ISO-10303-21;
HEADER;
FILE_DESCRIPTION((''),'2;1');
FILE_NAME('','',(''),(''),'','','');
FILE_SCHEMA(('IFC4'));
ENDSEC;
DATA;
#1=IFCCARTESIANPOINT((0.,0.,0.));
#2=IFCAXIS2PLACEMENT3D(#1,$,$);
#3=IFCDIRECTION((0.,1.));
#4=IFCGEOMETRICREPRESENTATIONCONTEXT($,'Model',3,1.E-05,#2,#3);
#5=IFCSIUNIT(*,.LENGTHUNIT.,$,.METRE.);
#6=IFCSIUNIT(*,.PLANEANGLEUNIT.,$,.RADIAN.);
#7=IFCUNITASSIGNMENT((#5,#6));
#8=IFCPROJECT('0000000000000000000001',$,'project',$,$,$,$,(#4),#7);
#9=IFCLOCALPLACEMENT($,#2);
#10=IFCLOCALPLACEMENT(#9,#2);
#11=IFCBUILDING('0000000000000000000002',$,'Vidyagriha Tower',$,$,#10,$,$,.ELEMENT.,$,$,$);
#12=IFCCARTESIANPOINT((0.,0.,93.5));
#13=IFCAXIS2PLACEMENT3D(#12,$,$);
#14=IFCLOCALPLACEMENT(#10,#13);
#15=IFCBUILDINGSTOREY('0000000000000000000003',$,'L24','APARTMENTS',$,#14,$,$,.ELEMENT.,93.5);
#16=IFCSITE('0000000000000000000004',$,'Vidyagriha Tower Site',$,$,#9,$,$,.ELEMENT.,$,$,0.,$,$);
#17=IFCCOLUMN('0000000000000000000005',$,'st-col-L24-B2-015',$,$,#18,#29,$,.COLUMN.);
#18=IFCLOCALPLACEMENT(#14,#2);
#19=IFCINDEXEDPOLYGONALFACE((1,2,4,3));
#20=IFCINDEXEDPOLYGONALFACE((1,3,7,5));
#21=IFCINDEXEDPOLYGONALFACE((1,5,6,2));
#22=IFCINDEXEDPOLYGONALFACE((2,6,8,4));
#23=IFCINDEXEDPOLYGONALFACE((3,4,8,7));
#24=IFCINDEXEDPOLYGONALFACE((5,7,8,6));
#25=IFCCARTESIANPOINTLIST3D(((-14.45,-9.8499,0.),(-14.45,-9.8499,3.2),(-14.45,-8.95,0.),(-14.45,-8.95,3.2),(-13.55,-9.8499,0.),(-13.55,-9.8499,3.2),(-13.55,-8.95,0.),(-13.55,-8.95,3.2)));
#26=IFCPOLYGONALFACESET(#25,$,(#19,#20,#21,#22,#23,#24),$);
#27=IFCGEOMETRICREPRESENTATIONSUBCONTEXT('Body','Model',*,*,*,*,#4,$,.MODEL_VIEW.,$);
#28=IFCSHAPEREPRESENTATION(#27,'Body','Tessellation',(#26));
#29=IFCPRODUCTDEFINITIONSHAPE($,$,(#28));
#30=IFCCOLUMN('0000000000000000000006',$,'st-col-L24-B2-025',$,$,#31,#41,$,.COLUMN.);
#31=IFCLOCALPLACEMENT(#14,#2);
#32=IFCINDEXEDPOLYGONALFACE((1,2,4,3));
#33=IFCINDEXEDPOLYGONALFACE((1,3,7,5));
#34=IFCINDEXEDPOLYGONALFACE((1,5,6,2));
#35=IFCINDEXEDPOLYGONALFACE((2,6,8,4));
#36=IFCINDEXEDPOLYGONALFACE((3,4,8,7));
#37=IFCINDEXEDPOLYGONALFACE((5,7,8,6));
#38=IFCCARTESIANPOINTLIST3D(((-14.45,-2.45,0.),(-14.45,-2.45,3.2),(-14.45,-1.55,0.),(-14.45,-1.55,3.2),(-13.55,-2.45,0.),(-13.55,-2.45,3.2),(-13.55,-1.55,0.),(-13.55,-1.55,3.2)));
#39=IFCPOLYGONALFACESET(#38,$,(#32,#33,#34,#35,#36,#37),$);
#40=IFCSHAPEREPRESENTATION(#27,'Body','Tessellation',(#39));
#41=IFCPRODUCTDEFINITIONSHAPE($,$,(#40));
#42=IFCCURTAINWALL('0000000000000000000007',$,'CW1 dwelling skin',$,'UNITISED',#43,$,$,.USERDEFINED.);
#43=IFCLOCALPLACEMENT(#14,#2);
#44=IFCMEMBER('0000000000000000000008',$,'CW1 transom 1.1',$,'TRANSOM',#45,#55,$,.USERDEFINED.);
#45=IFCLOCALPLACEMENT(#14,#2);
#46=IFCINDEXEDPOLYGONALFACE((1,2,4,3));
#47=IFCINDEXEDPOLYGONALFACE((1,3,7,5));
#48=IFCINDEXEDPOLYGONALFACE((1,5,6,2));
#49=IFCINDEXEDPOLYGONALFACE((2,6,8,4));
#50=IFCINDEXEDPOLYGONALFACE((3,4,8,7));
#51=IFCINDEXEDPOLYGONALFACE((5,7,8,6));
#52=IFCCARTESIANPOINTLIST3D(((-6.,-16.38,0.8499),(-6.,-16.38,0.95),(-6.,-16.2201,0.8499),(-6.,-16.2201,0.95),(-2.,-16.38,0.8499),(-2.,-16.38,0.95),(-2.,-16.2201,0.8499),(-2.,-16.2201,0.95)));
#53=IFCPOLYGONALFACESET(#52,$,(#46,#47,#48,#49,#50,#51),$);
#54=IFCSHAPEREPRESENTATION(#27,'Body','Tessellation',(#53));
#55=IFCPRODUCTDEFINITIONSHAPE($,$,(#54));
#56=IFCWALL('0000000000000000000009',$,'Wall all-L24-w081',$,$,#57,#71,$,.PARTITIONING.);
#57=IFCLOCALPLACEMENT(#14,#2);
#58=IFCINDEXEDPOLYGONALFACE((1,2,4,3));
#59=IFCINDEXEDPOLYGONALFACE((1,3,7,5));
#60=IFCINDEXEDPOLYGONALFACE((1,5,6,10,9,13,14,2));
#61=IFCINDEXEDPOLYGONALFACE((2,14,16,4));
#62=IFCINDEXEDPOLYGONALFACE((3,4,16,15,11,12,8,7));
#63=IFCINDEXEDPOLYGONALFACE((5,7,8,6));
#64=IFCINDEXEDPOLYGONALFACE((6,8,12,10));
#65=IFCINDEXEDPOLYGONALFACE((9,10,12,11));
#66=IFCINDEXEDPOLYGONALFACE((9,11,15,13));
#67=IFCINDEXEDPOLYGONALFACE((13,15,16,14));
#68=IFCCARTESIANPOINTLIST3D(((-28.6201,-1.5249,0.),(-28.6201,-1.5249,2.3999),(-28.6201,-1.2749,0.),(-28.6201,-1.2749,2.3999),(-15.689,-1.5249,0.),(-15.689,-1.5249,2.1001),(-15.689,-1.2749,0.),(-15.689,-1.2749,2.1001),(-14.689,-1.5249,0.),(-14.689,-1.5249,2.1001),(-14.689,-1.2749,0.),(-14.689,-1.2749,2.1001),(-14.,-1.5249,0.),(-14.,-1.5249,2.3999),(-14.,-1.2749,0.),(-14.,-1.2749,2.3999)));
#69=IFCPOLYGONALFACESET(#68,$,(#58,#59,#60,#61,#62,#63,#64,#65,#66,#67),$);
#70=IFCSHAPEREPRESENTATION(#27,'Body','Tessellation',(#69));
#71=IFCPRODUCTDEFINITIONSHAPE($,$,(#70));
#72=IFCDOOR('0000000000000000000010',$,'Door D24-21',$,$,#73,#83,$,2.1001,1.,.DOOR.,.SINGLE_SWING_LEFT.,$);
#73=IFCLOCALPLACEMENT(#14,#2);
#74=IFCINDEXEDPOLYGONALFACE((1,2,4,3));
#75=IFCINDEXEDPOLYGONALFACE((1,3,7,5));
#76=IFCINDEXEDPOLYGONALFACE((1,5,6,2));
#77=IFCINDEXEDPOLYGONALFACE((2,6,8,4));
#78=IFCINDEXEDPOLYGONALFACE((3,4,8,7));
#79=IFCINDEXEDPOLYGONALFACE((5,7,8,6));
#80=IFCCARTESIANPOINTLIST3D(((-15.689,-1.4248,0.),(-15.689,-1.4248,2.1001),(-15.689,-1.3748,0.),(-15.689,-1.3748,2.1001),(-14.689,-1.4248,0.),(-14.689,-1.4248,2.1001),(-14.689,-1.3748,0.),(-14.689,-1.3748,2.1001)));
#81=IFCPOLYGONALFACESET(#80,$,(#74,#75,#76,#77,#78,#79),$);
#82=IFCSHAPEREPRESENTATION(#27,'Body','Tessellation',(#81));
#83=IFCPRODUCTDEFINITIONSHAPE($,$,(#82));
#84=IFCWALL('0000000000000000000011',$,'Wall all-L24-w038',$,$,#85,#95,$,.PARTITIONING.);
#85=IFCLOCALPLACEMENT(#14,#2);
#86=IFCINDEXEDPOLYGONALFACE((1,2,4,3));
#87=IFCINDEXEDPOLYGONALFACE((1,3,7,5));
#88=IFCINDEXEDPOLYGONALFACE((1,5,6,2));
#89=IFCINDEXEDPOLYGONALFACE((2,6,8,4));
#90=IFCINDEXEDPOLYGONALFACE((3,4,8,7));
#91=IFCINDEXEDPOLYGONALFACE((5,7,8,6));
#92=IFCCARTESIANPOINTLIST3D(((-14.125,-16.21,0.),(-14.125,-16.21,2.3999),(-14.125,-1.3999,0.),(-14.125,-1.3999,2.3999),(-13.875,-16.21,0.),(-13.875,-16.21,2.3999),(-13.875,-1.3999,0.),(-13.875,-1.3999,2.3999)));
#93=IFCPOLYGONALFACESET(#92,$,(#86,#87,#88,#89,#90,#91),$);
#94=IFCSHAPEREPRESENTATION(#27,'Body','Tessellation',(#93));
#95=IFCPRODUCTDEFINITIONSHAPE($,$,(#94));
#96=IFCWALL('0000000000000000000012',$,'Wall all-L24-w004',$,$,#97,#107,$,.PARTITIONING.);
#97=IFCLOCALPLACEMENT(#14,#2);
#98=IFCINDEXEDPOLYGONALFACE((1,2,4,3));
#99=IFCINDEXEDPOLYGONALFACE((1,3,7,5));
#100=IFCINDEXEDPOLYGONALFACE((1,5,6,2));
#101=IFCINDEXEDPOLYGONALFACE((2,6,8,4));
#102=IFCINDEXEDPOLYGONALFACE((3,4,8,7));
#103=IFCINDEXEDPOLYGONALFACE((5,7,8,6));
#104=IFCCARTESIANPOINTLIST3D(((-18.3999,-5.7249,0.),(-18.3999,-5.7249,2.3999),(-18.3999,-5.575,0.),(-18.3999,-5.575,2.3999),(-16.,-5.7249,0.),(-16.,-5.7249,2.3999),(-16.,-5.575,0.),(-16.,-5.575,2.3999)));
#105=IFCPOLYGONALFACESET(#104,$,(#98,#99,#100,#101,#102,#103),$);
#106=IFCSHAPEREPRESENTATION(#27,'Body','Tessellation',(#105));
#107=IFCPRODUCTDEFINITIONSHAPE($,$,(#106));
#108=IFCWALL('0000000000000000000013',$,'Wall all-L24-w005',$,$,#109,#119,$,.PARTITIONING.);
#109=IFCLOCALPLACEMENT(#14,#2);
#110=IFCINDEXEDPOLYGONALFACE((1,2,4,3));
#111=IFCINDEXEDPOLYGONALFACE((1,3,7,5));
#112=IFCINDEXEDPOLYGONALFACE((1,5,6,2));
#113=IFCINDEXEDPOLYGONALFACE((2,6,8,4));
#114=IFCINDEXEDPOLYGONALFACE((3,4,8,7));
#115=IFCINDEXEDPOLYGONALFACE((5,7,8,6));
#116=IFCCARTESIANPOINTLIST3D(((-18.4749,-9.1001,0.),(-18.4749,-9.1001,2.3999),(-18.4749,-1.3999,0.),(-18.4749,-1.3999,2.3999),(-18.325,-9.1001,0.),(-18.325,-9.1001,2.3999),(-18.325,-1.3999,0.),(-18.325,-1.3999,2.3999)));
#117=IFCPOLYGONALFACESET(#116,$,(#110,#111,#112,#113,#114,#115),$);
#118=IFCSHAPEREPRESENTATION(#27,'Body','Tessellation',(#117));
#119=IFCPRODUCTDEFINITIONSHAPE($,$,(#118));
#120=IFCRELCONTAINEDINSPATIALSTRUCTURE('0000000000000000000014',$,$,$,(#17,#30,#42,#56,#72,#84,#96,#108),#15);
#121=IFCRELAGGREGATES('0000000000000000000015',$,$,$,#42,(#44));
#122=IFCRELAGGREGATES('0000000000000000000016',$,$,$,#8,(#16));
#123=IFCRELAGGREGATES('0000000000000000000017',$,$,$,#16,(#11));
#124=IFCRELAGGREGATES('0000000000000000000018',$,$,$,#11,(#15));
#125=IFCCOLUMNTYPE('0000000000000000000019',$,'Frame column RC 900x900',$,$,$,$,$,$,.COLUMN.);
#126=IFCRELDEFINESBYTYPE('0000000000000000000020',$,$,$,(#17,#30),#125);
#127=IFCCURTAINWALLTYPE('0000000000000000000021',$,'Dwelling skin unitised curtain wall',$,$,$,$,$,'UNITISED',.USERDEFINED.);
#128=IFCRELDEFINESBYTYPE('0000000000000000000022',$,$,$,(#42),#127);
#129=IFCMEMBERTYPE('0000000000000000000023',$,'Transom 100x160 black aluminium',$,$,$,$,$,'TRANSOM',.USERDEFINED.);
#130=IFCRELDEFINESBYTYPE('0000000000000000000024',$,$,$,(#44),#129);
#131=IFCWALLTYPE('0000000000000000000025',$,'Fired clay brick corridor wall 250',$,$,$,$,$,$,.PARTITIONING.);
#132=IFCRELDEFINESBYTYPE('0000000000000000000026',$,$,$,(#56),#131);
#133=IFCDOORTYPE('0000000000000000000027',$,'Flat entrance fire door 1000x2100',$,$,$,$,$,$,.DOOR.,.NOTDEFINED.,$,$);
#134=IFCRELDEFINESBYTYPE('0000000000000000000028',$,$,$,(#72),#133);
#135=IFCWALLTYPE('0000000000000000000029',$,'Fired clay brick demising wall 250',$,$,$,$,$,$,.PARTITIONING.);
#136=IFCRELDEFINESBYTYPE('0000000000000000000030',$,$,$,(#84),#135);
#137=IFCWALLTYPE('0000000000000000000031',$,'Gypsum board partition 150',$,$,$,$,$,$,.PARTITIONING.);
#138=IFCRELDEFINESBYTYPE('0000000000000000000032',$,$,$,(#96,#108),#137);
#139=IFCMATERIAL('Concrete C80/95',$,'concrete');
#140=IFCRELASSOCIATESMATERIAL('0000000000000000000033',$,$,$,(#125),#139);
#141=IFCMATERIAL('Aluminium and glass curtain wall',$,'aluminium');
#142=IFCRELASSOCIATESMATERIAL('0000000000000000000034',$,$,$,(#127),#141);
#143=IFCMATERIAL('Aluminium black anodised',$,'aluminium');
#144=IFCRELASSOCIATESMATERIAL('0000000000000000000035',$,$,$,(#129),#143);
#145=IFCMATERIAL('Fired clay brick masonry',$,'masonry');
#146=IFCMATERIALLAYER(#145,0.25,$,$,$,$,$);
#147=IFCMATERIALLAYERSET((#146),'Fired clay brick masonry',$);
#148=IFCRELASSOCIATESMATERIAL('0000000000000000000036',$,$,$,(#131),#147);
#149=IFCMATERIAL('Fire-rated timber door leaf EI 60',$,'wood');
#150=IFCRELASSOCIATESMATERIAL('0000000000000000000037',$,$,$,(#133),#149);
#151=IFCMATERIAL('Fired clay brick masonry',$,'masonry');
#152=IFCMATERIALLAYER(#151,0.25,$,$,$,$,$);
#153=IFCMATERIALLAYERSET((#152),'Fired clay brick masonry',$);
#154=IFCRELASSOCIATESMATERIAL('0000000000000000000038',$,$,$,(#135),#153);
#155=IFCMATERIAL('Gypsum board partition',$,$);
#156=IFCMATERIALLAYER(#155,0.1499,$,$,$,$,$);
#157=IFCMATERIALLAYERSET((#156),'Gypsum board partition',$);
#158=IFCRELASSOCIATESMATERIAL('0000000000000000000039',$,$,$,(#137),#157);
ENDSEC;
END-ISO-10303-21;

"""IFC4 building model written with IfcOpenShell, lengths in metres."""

from ifc_helpers import new_model, si_unit, direction, frame, frame_2d, origin, origin_2d, place, context, subcontext, project, spatial, rectangle, extrude, material, layer, layer_set, material_profile, profile_set, type_object, element, fill, aggregate, save


model = new_model("IFC4")

# Units and contexts
model_context = context("Model", 3, precision=1e-05, world=origin(), true_north=direction((0.0, 1.0)))
body_context = subcontext(model_context, "Body", "Model", "MODEL_VIEW")
ifc_project = project(units=[si_unit("LENGTHUNIT", "METRE"), si_unit("PLANEANGLEUNIT", "RADIAN")], contexts=[model_context])

# Site, building, storey
site_placement = place(None, origin())
site = spatial("IfcSite", under=ifc_project, at=site_placement, Name="Vidyagriha Tower Site", CompositionType="ELEMENT", RefElevation=0.0)
building_placement = place(site_placement, origin())
building = spatial("IfcBuilding", under=site, at=building_placement, Name="Vidyagriha Tower", CompositionType="ELEMENT")
storey_placement = place(building_placement, frame((0.0, 0.0, 93.5)))
storey = spatial("IfcBuildingStorey", under=building, at=storey_placement, Name="L24", Description="APARTMENTS", CompositionType="ELEMENT", Elevation=93.5)

# Columns
ifc_material_1 = material(Name="Concrete C80/95", Category="concrete")
ifc_material_profile_1 = material_profile(ifc_material_1, rectangle(XDim=0.8999, YDim=0.8999, at=origin_2d()), Name="RC 900x900")
ifc_profile_set_1 = profile_set([ifc_material_profile_1], Name="Concrete C80/95")
column_type = type_object("IfcColumnType", Name="Frame column RC 900x900", PredefinedType="COLUMN", material=ifc_profile_set_1)
for number, where, name in (
    (1, (-14.0, -9.3999, 0.0), "st-col-L24-B2-015"),
    (2, (-14.0, -2.0, 0.0), "st-col-L24-B2-025"),
):
    element("IfcColumn", number, at=place(storey_placement, frame(where)), inside=storey, type_object=column_type, Name=name, PredefinedType="COLUMN", context=body_context, shape_type="SweptSolid", body=[
        extrude(rectangle(XDim=0.8999, YDim=0.8999, at=origin_2d()), origin(), (0.0, 0.0, 1.0), 3.2),
    ])

# Curtain wall, member
ifc_material_2 = material(Name="Aluminium and glass curtain wall", Category="aluminium")
curtain_wall_type = type_object("IfcCurtainWallType", Name="Dwelling skin unitised curtain wall", ElementType="UNITISED", PredefinedType="USERDEFINED", material=ifc_material_2)
curtain_wall_placement = place(storey_placement, origin())
curtain_wall = element("IfcCurtainWall", 3, at=curtain_wall_placement, inside=storey, type_object=curtain_wall_type, Name="CW1 dwelling skin", ObjectType="UNITISED", PredefinedType="USERDEFINED")
ifc_material_3 = material(Name="Aluminium black anodised", Category="aluminium")
ifc_material_profile_2 = material_profile(ifc_material_3, rectangle(XDim=0.1599, YDim=0.1001, at=origin_2d()), Name="Transom 100x160 black aluminium")
ifc_profile_set_2 = profile_set([ifc_material_profile_2], Name="Aluminium black anodised")
member_type = type_object("IfcMemberType", Name="Transom 100x160 black aluminium", ElementType="TRANSOM", PredefinedType="USERDEFINED", material=ifc_profile_set_2)
member_placement = place(storey_placement, frame((-6.0, -16.3, 0.8999), z_axis=(1.0, 0.0, 0.0), x_axis=(0.0, 1.0, 0.0)))
member = element("IfcMember", 4, at=member_placement, type_object=member_type, Name="CW1 transom 1.1", ObjectType="TRANSOM", PredefinedType="USERDEFINED", context=body_context, shape_type="SweptSolid", body=[
    extrude(rectangle(XDim=0.1599, YDim=0.1001, at=origin_2d()), origin(), (0.0, 0.0, 1.0), 4.0),
])
aggregate(curtain_wall, [member])

# Wall, opening, door
ifc_material_4 = material(Name="Fired clay brick masonry", Category="masonry")
ifc_layer_1 = layer(ifc_material_4, 0.25)
ifc_layer_set_1 = layer_set([ifc_layer_1], Name="Fired clay brick masonry")
wall_type_1 = type_object("IfcWallType", Name="Fired clay brick corridor wall 250", PredefinedType="PARTITIONING", material=ifc_layer_set_1)
wall_1_placement = place(storey_placement, frame((-14.0, -1.3999, 0.0), z_axis=(0.0, 0.0, 1.0), x_axis=(-1.0, 0.0, 0.0)))
wall_1 = element("IfcWall", 5, at=wall_1_placement, inside=storey, type_object=wall_type_1, Name="Wall all-L24-w081", PredefinedType="PARTITIONING", context=body_context, shape_type="SweptSolid", body=[
    extrude(rectangle(XDim=14.6201, YDim=0.25, at=frame_2d((7.3101, 0.0))), origin(), (0.0, 0.0, 1.0), 2.3999),
])
opening_1_placement = place(wall_1_placement, frame((0.689, 0.0, 0.0)))
opening_1 = element("IfcOpeningElement", 6, at=opening_1_placement, cuts=wall_1, PredefinedType="OPENING", context=body_context, shape_type="SweptSolid", body=[
    extrude(rectangle(XDim=1.0, YDim=2.1001, at=frame_2d((0.5, 1.05))), frame((0.0, 0.135, 0.0), z_axis=(0.0, -1.0, 0.0), x_axis=(1.0, 0.0, 0.0)), (0.0, 0.0, 1.0), 0.27),
])
ifc_material_5 = material(Name="Fire-rated timber door leaf EI 60", Category="wood")
door_type_1 = type_object("IfcDoorType", Name="Flat entrance fire door 1000x2100", OperationType="NOTDEFINED", PredefinedType="DOOR", material=ifc_material_5)
door_1_placement = place(opening_1_placement, origin())
door_1 = element("IfcDoor", 7, at=door_1_placement, inside=storey, type_object=door_type_1, Name="Door D24-21", OperationType="SINGLE_SWING_LEFT", OverallHeight=2.1001, OverallWidth=1.0, PredefinedType="DOOR", context=body_context, shape_type="SweptSolid", body=[
    extrude(rectangle(XDim=1.0, YDim=2.1001, at=frame_2d((0.5, 1.05))), frame((0.0, 0.0249, 0.0), z_axis=(0.0, -1.0, 0.0), x_axis=(1.0, 0.0, 0.0)), (0.0, 0.0, 1.0), 0.05),
])
fill(opening_1, door_1)

# Walls
ifc_material_6 = material(Name="Fired clay brick masonry", Category="masonry")
ifc_layer_2 = layer(ifc_material_6, 0.25)
ifc_layer_set_2 = layer_set([ifc_layer_2], Name="Fired clay brick masonry")
wall_type_2 = type_object("IfcWallType", Name="Fired clay brick demising wall 250", PredefinedType="PARTITIONING", material=ifc_layer_set_2)
wall_2_placement = place(storey_placement, frame((-14.0, -1.3999, 0.0), z_axis=(0.0, 0.0, 1.0), x_axis=(0.0, -1.0, 0.0)))
element("IfcWall", 8, at=wall_2_placement, inside=storey, type_object=wall_type_2, Name="Wall all-L24-w038", PredefinedType="PARTITIONING", context=body_context, shape_type="SweptSolid", body=[
    extrude(rectangle(XDim=14.8101, YDim=0.25, at=frame_2d((7.405, 0.0))), origin(), (0.0, 0.0, 1.0), 2.3999),
])
ifc_material_7 = material(Name="Gypsum board partition")
ifc_layer_3 = layer(ifc_material_7, 0.1499)
ifc_layer_set_3 = layer_set([ifc_layer_3], Name="Gypsum board partition")
wall_type_3 = type_object("IfcWallType", Name="Gypsum board partition 150", PredefinedType="PARTITIONING", material=ifc_layer_set_3)
wall_3_placement = place(storey_placement, frame((-16.0, -5.6499, 0.0), z_axis=(0.0, 0.0, 1.0), x_axis=(-1.0, 0.0, 0.0)))
element("IfcWall", 9, at=wall_3_placement, inside=storey, type_object=wall_type_3, Name="Wall all-L24-w004", PredefinedType="PARTITIONING", context=body_context, shape_type="SweptSolid", body=[
    extrude(rectangle(XDim=2.3999, YDim=0.1499, at=frame_2d((1.2, 0.0))), origin(), (0.0, 0.0, 1.0), 2.3999),
])
wall_4_placement = place(storey_placement, frame((-18.3999, -9.1001, 0.0), z_axis=(0.0, 0.0, 1.0), x_axis=(0.0, 1.0, 0.0)))
element("IfcWall", 10, at=wall_4_placement, inside=storey, type_object=wall_type_3, Name="Wall all-L24-w005", PredefinedType="PARTITIONING", context=body_context, shape_type="SweptSolid", body=[
    extrude(rectangle(XDim=7.7002, YDim=0.1499, at=frame_2d((3.8501, 0.0))), origin(), (0.0, 0.0, 1.0), 2.3999),
])

save(model, "model.ifc")
